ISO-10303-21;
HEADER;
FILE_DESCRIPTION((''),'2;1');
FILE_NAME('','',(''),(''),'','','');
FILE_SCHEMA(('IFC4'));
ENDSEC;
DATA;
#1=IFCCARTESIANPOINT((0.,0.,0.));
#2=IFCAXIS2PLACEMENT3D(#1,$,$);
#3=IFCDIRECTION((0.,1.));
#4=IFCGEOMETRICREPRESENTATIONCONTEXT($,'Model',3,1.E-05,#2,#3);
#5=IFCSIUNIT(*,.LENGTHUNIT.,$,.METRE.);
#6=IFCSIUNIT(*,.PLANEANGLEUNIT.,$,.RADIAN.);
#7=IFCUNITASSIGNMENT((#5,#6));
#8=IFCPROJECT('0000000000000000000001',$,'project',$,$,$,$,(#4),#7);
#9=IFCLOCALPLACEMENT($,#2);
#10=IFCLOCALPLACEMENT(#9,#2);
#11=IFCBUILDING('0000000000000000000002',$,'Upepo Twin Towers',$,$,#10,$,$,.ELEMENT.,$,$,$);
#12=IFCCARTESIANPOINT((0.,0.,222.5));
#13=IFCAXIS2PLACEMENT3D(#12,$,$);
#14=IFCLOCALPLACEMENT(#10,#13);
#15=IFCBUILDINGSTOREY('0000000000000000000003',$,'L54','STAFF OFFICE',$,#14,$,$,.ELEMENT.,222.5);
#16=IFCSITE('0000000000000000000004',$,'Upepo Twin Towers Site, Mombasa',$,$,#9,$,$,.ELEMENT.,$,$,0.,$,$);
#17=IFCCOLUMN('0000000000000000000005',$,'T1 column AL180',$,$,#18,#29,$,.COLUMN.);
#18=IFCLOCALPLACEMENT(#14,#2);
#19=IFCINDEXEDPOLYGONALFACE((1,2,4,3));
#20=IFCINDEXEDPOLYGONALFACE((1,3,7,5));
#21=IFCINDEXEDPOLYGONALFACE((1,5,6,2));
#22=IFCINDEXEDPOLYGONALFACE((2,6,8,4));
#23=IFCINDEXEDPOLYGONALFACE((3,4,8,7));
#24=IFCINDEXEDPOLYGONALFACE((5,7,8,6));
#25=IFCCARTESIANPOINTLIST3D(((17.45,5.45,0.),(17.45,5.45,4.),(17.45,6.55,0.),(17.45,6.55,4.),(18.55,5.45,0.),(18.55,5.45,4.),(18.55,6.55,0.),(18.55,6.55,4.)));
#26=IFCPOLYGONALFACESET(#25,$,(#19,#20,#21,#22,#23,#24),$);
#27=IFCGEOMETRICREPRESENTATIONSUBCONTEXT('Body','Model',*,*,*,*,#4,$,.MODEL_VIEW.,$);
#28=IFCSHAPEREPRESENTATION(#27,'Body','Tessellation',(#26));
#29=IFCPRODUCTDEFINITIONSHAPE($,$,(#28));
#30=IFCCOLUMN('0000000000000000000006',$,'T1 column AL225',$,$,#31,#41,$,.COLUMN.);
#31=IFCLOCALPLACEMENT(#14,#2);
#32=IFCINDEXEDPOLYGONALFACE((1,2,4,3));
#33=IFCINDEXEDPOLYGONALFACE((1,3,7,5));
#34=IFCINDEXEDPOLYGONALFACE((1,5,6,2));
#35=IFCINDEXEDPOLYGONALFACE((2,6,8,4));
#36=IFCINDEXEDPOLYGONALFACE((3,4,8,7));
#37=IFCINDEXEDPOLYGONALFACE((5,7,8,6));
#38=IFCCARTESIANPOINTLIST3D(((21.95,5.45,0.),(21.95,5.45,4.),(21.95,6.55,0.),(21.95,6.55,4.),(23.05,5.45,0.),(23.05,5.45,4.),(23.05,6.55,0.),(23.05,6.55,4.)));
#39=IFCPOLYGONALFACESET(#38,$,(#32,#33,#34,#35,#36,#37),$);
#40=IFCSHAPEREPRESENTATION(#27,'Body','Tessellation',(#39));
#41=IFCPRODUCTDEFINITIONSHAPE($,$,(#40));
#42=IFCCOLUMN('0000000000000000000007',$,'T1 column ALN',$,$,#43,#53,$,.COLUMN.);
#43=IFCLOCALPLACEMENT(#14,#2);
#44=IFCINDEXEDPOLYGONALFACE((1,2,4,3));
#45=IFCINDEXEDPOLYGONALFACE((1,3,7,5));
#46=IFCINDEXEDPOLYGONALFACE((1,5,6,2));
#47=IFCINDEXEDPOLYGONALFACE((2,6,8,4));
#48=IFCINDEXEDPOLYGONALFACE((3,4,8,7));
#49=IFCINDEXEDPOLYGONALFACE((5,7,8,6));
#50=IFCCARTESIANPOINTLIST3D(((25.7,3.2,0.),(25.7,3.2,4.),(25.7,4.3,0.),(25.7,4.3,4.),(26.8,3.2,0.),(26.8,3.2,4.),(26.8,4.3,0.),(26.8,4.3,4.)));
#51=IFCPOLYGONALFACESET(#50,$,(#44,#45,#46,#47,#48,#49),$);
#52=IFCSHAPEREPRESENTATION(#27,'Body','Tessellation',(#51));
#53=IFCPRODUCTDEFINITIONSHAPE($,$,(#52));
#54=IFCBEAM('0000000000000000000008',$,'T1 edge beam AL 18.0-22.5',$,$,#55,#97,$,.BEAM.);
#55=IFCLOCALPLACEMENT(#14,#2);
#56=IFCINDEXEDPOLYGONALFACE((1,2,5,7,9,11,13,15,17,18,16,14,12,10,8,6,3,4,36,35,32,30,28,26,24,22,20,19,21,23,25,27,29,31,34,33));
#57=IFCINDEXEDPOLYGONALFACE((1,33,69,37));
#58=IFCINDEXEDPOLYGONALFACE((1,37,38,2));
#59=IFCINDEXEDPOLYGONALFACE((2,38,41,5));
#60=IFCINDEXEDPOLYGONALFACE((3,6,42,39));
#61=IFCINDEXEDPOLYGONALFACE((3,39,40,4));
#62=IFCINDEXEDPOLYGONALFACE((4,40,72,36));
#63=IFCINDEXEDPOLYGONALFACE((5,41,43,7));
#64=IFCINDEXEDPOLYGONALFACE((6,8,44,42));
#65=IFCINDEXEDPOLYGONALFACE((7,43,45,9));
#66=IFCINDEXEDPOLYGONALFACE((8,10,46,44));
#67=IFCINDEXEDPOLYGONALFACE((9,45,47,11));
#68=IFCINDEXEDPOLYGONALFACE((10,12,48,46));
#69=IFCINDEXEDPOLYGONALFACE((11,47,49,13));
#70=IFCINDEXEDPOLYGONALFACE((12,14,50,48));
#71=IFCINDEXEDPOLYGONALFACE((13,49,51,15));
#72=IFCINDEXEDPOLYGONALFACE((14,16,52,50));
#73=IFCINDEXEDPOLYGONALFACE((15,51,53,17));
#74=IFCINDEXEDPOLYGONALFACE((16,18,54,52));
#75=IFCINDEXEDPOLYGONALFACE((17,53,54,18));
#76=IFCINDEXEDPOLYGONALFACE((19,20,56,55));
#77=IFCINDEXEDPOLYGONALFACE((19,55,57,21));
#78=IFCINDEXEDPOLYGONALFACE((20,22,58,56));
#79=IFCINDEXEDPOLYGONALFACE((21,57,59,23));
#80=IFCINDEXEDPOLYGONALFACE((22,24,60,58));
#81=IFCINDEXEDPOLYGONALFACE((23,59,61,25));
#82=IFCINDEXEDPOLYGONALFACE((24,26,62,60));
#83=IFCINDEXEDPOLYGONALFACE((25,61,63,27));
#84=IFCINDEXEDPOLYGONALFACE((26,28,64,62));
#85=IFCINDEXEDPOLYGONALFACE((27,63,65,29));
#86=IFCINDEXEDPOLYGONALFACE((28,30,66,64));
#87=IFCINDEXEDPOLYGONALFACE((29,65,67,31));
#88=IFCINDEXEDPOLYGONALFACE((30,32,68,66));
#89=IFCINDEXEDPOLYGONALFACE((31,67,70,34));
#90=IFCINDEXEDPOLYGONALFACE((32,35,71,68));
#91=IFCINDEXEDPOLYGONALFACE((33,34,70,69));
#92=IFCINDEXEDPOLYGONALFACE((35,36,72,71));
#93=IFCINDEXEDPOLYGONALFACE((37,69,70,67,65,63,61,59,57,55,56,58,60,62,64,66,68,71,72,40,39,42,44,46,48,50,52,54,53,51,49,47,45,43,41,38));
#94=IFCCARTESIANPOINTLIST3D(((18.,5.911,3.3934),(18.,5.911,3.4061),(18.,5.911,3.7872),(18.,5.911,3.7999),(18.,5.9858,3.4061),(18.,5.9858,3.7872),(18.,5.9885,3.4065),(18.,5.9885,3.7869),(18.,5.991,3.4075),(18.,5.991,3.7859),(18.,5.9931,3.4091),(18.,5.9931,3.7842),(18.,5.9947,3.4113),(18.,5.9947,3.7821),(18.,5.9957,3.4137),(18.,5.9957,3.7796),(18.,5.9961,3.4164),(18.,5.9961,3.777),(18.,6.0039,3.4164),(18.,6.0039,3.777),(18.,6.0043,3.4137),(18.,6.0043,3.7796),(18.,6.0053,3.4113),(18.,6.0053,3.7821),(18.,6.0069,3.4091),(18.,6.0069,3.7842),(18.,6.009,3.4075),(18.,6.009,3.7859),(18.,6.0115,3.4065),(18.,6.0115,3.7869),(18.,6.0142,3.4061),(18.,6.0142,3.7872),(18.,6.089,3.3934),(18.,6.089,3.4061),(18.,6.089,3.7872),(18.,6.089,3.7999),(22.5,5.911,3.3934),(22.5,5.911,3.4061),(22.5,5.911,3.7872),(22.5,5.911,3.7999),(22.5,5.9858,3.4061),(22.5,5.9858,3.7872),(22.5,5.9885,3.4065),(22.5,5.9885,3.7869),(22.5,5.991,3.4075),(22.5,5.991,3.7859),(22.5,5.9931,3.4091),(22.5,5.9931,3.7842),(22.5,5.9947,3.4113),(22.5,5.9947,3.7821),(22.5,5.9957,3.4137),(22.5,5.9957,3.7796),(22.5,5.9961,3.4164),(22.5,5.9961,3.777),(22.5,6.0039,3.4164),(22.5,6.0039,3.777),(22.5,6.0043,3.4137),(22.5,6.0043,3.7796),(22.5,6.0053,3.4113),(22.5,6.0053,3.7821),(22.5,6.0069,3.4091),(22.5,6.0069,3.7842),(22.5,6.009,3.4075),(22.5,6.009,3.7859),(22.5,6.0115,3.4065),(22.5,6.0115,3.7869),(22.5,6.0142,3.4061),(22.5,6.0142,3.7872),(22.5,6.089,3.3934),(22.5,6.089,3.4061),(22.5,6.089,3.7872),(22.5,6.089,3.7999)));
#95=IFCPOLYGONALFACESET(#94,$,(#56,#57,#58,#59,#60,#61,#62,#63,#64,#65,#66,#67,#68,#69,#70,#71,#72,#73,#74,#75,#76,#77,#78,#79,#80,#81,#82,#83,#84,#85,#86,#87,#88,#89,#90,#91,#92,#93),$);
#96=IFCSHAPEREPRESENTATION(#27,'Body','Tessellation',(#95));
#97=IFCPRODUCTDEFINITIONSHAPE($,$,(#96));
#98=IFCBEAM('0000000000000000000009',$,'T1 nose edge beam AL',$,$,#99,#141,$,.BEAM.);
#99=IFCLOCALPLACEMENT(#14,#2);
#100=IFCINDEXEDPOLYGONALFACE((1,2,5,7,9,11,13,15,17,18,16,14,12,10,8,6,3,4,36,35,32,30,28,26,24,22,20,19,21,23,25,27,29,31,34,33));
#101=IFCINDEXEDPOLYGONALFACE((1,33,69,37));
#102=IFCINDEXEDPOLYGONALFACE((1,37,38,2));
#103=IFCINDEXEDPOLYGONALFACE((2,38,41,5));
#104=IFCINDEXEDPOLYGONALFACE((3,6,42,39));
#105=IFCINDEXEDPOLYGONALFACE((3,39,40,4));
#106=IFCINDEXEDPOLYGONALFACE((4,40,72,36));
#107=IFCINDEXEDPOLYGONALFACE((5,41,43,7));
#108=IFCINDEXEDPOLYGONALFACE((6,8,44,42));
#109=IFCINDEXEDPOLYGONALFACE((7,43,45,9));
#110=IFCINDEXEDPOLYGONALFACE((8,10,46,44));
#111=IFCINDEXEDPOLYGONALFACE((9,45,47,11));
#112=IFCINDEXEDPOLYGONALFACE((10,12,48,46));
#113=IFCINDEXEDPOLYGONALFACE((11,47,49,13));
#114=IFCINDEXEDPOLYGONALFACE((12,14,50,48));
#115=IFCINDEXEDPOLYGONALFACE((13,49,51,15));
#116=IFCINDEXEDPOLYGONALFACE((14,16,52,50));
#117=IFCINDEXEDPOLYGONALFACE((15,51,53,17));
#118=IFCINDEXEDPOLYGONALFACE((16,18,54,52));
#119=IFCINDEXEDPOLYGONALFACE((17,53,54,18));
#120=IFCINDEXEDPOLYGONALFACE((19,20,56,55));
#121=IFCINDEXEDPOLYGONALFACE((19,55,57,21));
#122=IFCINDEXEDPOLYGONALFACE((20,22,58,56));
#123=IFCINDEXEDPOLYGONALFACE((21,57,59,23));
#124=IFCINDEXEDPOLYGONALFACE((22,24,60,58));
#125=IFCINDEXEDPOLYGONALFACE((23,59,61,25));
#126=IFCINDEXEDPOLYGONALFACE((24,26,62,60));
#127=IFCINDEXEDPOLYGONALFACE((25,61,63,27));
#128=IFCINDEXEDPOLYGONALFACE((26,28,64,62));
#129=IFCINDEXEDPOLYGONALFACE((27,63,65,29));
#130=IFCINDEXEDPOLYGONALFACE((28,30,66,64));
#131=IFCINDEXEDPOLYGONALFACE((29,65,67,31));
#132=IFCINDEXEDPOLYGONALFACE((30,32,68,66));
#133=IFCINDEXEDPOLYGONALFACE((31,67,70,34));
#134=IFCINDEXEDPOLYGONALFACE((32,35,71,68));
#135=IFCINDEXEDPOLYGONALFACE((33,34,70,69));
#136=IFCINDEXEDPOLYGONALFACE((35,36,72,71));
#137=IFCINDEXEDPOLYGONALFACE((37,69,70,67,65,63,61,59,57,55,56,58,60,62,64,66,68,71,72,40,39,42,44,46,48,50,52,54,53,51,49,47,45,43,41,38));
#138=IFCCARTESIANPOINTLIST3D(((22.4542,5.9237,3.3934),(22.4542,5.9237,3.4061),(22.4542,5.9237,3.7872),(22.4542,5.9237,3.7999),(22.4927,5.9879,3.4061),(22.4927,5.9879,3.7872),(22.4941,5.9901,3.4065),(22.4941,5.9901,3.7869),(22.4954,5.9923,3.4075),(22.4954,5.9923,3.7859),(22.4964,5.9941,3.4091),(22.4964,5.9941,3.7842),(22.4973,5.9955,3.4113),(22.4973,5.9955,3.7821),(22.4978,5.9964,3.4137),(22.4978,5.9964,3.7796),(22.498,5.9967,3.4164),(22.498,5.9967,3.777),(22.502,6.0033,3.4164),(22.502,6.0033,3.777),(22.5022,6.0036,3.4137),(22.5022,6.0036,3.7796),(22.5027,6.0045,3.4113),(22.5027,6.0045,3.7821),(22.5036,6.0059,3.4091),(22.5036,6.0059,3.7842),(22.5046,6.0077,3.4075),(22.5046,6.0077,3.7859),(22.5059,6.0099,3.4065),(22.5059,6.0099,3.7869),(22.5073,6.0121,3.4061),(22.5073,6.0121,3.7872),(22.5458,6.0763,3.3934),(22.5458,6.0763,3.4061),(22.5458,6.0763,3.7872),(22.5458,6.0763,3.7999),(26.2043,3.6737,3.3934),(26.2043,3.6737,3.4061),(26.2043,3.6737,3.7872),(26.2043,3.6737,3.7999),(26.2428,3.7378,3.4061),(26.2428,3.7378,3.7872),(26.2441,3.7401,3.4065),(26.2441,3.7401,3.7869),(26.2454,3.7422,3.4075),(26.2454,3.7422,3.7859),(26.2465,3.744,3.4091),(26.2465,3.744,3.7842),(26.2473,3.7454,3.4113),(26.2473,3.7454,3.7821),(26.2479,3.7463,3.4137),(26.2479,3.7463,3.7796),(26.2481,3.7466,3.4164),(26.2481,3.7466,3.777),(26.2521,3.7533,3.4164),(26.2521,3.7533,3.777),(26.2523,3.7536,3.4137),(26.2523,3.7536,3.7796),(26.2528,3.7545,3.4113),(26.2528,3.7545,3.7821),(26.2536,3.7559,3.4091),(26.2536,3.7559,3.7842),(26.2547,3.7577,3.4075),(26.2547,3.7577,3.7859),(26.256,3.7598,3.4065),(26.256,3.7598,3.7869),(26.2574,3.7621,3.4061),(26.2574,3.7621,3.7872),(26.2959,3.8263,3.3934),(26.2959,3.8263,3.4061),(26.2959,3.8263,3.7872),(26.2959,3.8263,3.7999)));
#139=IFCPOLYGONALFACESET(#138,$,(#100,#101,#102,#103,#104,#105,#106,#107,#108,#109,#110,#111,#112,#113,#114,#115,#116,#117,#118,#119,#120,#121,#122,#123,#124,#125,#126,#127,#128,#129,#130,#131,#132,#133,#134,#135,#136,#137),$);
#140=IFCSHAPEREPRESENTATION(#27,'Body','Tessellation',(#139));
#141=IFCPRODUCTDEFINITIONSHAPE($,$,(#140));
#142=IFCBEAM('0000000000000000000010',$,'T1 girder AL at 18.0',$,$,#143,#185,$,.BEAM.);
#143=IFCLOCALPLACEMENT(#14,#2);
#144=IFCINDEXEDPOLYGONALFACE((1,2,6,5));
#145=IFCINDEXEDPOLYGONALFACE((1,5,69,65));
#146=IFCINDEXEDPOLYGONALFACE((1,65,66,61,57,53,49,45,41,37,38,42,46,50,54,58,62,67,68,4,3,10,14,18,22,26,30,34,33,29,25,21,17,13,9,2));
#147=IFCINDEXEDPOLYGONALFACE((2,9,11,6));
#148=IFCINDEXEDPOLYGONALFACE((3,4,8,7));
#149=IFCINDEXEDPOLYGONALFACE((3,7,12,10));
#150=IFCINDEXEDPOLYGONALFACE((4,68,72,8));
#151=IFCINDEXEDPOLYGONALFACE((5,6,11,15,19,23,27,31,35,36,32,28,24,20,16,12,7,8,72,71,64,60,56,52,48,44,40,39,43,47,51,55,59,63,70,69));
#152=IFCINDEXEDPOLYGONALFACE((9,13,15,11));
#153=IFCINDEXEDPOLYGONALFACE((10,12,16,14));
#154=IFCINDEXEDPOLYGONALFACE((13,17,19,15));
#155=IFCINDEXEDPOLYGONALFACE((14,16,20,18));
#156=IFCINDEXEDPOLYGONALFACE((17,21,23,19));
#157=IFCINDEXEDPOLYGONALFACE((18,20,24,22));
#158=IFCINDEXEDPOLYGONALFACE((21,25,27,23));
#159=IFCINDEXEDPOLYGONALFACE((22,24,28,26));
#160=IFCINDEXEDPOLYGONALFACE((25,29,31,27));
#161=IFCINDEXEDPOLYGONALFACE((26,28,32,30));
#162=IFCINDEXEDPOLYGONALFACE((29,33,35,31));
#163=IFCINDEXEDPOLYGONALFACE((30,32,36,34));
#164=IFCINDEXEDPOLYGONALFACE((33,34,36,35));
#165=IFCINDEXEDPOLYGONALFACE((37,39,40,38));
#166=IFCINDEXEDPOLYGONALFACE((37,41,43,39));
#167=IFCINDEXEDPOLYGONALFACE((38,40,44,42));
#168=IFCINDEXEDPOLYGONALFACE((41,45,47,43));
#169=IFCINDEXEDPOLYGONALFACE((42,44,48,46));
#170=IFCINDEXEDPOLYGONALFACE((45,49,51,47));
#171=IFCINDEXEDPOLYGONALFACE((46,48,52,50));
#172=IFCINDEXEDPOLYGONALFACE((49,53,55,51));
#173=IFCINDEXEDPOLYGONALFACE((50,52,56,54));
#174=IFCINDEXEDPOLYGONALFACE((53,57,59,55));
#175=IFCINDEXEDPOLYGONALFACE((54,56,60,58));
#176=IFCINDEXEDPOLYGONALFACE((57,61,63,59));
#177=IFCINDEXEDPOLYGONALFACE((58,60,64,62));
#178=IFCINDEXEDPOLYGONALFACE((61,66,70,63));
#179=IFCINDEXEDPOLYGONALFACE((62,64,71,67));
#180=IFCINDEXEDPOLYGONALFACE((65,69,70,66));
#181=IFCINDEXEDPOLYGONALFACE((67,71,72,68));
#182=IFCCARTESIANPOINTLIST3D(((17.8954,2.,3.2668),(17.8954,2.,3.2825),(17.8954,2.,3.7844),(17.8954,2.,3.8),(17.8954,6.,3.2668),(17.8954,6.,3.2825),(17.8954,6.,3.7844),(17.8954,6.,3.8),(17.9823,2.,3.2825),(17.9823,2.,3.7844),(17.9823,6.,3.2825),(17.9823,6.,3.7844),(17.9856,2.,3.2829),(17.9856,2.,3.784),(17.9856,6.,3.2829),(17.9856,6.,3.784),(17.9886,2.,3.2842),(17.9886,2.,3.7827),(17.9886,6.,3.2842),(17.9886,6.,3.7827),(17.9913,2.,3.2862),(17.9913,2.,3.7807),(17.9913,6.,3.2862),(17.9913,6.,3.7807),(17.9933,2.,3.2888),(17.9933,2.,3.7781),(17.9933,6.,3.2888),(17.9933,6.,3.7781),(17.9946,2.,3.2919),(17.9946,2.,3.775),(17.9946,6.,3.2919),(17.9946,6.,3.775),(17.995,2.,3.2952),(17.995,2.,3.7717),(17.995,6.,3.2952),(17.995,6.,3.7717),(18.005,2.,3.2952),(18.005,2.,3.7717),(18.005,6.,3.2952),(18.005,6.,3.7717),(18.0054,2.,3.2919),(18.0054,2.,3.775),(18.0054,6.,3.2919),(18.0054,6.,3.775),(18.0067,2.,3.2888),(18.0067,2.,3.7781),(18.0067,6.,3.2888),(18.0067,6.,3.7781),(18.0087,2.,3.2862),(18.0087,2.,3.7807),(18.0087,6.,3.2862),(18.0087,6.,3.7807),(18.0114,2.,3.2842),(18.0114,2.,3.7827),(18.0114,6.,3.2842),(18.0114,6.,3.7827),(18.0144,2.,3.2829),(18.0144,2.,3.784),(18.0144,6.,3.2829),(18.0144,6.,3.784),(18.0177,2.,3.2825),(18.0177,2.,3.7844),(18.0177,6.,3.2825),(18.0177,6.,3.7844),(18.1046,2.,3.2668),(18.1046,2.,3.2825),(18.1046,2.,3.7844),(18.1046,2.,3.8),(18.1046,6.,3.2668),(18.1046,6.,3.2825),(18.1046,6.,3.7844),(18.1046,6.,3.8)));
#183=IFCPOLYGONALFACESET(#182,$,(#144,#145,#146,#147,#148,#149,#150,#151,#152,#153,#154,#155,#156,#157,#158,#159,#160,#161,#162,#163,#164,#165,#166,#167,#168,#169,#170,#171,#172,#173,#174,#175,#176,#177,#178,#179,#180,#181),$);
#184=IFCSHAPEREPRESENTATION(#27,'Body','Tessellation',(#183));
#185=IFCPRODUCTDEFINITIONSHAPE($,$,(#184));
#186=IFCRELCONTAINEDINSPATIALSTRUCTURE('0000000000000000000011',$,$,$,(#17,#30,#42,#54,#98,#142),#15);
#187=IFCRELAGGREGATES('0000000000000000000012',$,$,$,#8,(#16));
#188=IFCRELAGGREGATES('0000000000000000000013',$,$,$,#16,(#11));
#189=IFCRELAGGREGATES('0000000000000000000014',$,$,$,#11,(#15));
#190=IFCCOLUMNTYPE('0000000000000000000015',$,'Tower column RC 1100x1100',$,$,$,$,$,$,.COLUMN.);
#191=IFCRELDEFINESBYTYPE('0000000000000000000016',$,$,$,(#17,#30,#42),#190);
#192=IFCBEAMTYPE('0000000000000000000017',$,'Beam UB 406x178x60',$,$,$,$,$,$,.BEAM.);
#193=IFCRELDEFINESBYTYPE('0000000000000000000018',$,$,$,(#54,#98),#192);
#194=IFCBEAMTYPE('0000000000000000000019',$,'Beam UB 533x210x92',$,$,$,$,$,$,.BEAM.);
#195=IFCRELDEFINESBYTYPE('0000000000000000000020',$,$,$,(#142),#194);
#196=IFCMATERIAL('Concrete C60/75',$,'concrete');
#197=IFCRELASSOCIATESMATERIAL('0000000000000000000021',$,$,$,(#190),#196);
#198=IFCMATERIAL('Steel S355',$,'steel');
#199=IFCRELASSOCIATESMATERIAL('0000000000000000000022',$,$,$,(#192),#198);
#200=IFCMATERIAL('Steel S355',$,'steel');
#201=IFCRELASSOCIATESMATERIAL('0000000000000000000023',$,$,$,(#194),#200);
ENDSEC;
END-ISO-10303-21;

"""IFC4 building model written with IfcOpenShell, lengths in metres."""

from ifc_helpers import new_model, si_unit, direction, frame, origin, origin_2d, place, context, subcontext, project, spatial, rectangle, i_section, extrude, material, material_profile, profile_set, type_object, element, save


model = new_model("IFC4")

# Units and contexts
model_context = context("Model", 3, precision=1e-05, world=origin(), true_north=direction((0.0, 1.0)))
body_context = subcontext(model_context, "Body", "Model", "MODEL_VIEW")
ifc_project = project(units=[si_unit("LENGTHUNIT", "METRE"), si_unit("PLANEANGLEUNIT", "RADIAN")], contexts=[model_context])

# Site, building, storey
site_placement = place(None, origin())
site = spatial("IfcSite", under=ifc_project, at=site_placement, Name="Upepo Twin Towers Site, Mombasa", CompositionType="ELEMENT", RefElevation=0.0)
building_placement = place(site_placement, origin())
building = spatial("IfcBuilding", under=site, at=building_placement, Name="Upepo Twin Towers", CompositionType="ELEMENT")
storey_placement = place(building_placement, frame((0.0, 0.0, 222.5)))
storey = spatial("IfcBuildingStorey", under=building, at=storey_placement, Name="L54", Description="STAFF OFFICE", CompositionType="ELEMENT", Elevation=222.5)

# Columns
ifc_material_1 = material(Name="Concrete C60/75", Category="concrete")
ifc_material_profile_1 = material_profile(ifc_material_1, rectangle(XDim=1.1001, YDim=1.1001, at=origin_2d()), Name="RC 1100x1100")
ifc_profile_set_1 = profile_set([ifc_material_profile_1], Name="Concrete C60/75")
column_type = type_object("IfcColumnType", Name="Tower column RC 1100x1100", PredefinedType="COLUMN", material=ifc_profile_set_1)
for number, where, z_axis, x_axis, name in (
    (1, (18.0, 6.0, 0.0), (0.0, 0.0, 1.0), (1.0, 0.0, 0.0), "T1 column AL180"),
    (2, (22.5, 6.0, 0.0), (0.0, 0.0, 1.0), (1.0, 0.0, 0.0), "T1 column AL225"),
    (3, (26.25, 3.75, 0.0), (0.0, 0.0, 1.0), (1.0, 0.0, 0.0), "T1 column ALN"),
):
    element("IfcColumn", number, at=place(storey_placement, frame(where, z_axis=z_axis, x_axis=x_axis)), inside=storey, type_object=column_type, Name=name, PredefinedType="COLUMN", context=body_context, shape_type="SweptSolid", body=[
        extrude(rectangle(XDim=1.1001, YDim=1.1001, at=origin_2d()), origin(), (0.0, 0.0, 1.0), 4.0),
    ])

# Beams
ifc_material_2 = material(Name="Steel S355", Category="steel")
ifc_material_profile_2 = material_profile(ifc_material_2, i_section(OverallWidth=0.178, OverallDepth=0.4065, WebThickness=0.0078, FlangeThickness=0.0127, FilletRadius=0.0103, at=origin_2d()), Name="UB 406x178x60")
ifc_profile_set_2 = profile_set([ifc_material_profile_2], Name="Steel S355")
beam_type_1 = type_object("IfcBeamType", Name="Beam UB 406x178x60", PredefinedType="BEAM", material=ifc_profile_set_2)
beam_1_placement = place(storey_placement, frame((18.0, 6.0, 3.5967), z_axis=(1.0, 0.0, 0.0), x_axis=(0.0, 1.0, 0.0)))
element("IfcBeam", 4, at=beam_1_placement, inside=storey, type_object=beam_type_1, Name="T1 edge beam AL 18.0-22.5", PredefinedType="BEAM", context=body_context, shape_type="SweptSolid", body=[
    extrude(i_section(OverallWidth=0.178, OverallDepth=0.4065, WebThickness=0.0078, FlangeThickness=0.0127, FilletRadius=0.0103, at=origin_2d()), origin(), (0.0, 0.0, 1.0), 4.5),
])
beam_2_placement = place(storey_placement, frame((22.5, 6.0, 3.5967), z_axis=(0.857493, -0.514496, 0.0), x_axis=(0.514496, 0.857493, 0.0)))
element("IfcBeam", 5, at=beam_2_placement, inside=storey, type_object=beam_type_1, Name="T1 nose edge beam AL", PredefinedType="BEAM", context=body_context, shape_type="SweptSolid", body=[
    extrude(i_section(OverallWidth=0.178, OverallDepth=0.4065, WebThickness=0.0078, FlangeThickness=0.0127, FilletRadius=0.0103, at=origin_2d()), origin(), (0.0, 0.0, 1.0), 4.3733),
])
ifc_material_3 = material(Name="Steel S355", Category="steel")
ifc_material_profile_3 = material_profile(ifc_material_3, i_section(OverallWidth=0.2092, OverallDepth=0.5332, WebThickness=0.01, FlangeThickness=0.0156, FilletRadius=0.0127, at=origin_2d()), Name="UB 533x210x92")
ifc_profile_set_3 = profile_set([ifc_material_profile_3], Name="Steel S355")
beam_type_2 = type_object("IfcBeamType", Name="Beam UB 533x210x92", PredefinedType="BEAM", material=ifc_profile_set_3)
for number, where, z_axis, x_axis, name in (
    (6, (18.0, 6.0, 3.5334), (0.0, -1.0, 0.0), (1.0, 0.0, 0.0), "T1 girder AL at 18.0"),
):
    element("IfcBeam", number, at=place(storey_placement, frame(where, z_axis=z_axis, x_axis=x_axis)), inside=storey, type_object=beam_type_2, Name=name, PredefinedType="BEAM", context=body_context, shape_type="SweptSolid", body=[
        extrude(i_section(OverallWidth=0.2092, OverallDepth=0.5332, WebThickness=0.01, FlangeThickness=0.0156, FilletRadius=0.0127, at=origin_2d()), origin(), (0.0, 0.0, 1.0), 4.0),
    ])

save(model, "model.ifc")
